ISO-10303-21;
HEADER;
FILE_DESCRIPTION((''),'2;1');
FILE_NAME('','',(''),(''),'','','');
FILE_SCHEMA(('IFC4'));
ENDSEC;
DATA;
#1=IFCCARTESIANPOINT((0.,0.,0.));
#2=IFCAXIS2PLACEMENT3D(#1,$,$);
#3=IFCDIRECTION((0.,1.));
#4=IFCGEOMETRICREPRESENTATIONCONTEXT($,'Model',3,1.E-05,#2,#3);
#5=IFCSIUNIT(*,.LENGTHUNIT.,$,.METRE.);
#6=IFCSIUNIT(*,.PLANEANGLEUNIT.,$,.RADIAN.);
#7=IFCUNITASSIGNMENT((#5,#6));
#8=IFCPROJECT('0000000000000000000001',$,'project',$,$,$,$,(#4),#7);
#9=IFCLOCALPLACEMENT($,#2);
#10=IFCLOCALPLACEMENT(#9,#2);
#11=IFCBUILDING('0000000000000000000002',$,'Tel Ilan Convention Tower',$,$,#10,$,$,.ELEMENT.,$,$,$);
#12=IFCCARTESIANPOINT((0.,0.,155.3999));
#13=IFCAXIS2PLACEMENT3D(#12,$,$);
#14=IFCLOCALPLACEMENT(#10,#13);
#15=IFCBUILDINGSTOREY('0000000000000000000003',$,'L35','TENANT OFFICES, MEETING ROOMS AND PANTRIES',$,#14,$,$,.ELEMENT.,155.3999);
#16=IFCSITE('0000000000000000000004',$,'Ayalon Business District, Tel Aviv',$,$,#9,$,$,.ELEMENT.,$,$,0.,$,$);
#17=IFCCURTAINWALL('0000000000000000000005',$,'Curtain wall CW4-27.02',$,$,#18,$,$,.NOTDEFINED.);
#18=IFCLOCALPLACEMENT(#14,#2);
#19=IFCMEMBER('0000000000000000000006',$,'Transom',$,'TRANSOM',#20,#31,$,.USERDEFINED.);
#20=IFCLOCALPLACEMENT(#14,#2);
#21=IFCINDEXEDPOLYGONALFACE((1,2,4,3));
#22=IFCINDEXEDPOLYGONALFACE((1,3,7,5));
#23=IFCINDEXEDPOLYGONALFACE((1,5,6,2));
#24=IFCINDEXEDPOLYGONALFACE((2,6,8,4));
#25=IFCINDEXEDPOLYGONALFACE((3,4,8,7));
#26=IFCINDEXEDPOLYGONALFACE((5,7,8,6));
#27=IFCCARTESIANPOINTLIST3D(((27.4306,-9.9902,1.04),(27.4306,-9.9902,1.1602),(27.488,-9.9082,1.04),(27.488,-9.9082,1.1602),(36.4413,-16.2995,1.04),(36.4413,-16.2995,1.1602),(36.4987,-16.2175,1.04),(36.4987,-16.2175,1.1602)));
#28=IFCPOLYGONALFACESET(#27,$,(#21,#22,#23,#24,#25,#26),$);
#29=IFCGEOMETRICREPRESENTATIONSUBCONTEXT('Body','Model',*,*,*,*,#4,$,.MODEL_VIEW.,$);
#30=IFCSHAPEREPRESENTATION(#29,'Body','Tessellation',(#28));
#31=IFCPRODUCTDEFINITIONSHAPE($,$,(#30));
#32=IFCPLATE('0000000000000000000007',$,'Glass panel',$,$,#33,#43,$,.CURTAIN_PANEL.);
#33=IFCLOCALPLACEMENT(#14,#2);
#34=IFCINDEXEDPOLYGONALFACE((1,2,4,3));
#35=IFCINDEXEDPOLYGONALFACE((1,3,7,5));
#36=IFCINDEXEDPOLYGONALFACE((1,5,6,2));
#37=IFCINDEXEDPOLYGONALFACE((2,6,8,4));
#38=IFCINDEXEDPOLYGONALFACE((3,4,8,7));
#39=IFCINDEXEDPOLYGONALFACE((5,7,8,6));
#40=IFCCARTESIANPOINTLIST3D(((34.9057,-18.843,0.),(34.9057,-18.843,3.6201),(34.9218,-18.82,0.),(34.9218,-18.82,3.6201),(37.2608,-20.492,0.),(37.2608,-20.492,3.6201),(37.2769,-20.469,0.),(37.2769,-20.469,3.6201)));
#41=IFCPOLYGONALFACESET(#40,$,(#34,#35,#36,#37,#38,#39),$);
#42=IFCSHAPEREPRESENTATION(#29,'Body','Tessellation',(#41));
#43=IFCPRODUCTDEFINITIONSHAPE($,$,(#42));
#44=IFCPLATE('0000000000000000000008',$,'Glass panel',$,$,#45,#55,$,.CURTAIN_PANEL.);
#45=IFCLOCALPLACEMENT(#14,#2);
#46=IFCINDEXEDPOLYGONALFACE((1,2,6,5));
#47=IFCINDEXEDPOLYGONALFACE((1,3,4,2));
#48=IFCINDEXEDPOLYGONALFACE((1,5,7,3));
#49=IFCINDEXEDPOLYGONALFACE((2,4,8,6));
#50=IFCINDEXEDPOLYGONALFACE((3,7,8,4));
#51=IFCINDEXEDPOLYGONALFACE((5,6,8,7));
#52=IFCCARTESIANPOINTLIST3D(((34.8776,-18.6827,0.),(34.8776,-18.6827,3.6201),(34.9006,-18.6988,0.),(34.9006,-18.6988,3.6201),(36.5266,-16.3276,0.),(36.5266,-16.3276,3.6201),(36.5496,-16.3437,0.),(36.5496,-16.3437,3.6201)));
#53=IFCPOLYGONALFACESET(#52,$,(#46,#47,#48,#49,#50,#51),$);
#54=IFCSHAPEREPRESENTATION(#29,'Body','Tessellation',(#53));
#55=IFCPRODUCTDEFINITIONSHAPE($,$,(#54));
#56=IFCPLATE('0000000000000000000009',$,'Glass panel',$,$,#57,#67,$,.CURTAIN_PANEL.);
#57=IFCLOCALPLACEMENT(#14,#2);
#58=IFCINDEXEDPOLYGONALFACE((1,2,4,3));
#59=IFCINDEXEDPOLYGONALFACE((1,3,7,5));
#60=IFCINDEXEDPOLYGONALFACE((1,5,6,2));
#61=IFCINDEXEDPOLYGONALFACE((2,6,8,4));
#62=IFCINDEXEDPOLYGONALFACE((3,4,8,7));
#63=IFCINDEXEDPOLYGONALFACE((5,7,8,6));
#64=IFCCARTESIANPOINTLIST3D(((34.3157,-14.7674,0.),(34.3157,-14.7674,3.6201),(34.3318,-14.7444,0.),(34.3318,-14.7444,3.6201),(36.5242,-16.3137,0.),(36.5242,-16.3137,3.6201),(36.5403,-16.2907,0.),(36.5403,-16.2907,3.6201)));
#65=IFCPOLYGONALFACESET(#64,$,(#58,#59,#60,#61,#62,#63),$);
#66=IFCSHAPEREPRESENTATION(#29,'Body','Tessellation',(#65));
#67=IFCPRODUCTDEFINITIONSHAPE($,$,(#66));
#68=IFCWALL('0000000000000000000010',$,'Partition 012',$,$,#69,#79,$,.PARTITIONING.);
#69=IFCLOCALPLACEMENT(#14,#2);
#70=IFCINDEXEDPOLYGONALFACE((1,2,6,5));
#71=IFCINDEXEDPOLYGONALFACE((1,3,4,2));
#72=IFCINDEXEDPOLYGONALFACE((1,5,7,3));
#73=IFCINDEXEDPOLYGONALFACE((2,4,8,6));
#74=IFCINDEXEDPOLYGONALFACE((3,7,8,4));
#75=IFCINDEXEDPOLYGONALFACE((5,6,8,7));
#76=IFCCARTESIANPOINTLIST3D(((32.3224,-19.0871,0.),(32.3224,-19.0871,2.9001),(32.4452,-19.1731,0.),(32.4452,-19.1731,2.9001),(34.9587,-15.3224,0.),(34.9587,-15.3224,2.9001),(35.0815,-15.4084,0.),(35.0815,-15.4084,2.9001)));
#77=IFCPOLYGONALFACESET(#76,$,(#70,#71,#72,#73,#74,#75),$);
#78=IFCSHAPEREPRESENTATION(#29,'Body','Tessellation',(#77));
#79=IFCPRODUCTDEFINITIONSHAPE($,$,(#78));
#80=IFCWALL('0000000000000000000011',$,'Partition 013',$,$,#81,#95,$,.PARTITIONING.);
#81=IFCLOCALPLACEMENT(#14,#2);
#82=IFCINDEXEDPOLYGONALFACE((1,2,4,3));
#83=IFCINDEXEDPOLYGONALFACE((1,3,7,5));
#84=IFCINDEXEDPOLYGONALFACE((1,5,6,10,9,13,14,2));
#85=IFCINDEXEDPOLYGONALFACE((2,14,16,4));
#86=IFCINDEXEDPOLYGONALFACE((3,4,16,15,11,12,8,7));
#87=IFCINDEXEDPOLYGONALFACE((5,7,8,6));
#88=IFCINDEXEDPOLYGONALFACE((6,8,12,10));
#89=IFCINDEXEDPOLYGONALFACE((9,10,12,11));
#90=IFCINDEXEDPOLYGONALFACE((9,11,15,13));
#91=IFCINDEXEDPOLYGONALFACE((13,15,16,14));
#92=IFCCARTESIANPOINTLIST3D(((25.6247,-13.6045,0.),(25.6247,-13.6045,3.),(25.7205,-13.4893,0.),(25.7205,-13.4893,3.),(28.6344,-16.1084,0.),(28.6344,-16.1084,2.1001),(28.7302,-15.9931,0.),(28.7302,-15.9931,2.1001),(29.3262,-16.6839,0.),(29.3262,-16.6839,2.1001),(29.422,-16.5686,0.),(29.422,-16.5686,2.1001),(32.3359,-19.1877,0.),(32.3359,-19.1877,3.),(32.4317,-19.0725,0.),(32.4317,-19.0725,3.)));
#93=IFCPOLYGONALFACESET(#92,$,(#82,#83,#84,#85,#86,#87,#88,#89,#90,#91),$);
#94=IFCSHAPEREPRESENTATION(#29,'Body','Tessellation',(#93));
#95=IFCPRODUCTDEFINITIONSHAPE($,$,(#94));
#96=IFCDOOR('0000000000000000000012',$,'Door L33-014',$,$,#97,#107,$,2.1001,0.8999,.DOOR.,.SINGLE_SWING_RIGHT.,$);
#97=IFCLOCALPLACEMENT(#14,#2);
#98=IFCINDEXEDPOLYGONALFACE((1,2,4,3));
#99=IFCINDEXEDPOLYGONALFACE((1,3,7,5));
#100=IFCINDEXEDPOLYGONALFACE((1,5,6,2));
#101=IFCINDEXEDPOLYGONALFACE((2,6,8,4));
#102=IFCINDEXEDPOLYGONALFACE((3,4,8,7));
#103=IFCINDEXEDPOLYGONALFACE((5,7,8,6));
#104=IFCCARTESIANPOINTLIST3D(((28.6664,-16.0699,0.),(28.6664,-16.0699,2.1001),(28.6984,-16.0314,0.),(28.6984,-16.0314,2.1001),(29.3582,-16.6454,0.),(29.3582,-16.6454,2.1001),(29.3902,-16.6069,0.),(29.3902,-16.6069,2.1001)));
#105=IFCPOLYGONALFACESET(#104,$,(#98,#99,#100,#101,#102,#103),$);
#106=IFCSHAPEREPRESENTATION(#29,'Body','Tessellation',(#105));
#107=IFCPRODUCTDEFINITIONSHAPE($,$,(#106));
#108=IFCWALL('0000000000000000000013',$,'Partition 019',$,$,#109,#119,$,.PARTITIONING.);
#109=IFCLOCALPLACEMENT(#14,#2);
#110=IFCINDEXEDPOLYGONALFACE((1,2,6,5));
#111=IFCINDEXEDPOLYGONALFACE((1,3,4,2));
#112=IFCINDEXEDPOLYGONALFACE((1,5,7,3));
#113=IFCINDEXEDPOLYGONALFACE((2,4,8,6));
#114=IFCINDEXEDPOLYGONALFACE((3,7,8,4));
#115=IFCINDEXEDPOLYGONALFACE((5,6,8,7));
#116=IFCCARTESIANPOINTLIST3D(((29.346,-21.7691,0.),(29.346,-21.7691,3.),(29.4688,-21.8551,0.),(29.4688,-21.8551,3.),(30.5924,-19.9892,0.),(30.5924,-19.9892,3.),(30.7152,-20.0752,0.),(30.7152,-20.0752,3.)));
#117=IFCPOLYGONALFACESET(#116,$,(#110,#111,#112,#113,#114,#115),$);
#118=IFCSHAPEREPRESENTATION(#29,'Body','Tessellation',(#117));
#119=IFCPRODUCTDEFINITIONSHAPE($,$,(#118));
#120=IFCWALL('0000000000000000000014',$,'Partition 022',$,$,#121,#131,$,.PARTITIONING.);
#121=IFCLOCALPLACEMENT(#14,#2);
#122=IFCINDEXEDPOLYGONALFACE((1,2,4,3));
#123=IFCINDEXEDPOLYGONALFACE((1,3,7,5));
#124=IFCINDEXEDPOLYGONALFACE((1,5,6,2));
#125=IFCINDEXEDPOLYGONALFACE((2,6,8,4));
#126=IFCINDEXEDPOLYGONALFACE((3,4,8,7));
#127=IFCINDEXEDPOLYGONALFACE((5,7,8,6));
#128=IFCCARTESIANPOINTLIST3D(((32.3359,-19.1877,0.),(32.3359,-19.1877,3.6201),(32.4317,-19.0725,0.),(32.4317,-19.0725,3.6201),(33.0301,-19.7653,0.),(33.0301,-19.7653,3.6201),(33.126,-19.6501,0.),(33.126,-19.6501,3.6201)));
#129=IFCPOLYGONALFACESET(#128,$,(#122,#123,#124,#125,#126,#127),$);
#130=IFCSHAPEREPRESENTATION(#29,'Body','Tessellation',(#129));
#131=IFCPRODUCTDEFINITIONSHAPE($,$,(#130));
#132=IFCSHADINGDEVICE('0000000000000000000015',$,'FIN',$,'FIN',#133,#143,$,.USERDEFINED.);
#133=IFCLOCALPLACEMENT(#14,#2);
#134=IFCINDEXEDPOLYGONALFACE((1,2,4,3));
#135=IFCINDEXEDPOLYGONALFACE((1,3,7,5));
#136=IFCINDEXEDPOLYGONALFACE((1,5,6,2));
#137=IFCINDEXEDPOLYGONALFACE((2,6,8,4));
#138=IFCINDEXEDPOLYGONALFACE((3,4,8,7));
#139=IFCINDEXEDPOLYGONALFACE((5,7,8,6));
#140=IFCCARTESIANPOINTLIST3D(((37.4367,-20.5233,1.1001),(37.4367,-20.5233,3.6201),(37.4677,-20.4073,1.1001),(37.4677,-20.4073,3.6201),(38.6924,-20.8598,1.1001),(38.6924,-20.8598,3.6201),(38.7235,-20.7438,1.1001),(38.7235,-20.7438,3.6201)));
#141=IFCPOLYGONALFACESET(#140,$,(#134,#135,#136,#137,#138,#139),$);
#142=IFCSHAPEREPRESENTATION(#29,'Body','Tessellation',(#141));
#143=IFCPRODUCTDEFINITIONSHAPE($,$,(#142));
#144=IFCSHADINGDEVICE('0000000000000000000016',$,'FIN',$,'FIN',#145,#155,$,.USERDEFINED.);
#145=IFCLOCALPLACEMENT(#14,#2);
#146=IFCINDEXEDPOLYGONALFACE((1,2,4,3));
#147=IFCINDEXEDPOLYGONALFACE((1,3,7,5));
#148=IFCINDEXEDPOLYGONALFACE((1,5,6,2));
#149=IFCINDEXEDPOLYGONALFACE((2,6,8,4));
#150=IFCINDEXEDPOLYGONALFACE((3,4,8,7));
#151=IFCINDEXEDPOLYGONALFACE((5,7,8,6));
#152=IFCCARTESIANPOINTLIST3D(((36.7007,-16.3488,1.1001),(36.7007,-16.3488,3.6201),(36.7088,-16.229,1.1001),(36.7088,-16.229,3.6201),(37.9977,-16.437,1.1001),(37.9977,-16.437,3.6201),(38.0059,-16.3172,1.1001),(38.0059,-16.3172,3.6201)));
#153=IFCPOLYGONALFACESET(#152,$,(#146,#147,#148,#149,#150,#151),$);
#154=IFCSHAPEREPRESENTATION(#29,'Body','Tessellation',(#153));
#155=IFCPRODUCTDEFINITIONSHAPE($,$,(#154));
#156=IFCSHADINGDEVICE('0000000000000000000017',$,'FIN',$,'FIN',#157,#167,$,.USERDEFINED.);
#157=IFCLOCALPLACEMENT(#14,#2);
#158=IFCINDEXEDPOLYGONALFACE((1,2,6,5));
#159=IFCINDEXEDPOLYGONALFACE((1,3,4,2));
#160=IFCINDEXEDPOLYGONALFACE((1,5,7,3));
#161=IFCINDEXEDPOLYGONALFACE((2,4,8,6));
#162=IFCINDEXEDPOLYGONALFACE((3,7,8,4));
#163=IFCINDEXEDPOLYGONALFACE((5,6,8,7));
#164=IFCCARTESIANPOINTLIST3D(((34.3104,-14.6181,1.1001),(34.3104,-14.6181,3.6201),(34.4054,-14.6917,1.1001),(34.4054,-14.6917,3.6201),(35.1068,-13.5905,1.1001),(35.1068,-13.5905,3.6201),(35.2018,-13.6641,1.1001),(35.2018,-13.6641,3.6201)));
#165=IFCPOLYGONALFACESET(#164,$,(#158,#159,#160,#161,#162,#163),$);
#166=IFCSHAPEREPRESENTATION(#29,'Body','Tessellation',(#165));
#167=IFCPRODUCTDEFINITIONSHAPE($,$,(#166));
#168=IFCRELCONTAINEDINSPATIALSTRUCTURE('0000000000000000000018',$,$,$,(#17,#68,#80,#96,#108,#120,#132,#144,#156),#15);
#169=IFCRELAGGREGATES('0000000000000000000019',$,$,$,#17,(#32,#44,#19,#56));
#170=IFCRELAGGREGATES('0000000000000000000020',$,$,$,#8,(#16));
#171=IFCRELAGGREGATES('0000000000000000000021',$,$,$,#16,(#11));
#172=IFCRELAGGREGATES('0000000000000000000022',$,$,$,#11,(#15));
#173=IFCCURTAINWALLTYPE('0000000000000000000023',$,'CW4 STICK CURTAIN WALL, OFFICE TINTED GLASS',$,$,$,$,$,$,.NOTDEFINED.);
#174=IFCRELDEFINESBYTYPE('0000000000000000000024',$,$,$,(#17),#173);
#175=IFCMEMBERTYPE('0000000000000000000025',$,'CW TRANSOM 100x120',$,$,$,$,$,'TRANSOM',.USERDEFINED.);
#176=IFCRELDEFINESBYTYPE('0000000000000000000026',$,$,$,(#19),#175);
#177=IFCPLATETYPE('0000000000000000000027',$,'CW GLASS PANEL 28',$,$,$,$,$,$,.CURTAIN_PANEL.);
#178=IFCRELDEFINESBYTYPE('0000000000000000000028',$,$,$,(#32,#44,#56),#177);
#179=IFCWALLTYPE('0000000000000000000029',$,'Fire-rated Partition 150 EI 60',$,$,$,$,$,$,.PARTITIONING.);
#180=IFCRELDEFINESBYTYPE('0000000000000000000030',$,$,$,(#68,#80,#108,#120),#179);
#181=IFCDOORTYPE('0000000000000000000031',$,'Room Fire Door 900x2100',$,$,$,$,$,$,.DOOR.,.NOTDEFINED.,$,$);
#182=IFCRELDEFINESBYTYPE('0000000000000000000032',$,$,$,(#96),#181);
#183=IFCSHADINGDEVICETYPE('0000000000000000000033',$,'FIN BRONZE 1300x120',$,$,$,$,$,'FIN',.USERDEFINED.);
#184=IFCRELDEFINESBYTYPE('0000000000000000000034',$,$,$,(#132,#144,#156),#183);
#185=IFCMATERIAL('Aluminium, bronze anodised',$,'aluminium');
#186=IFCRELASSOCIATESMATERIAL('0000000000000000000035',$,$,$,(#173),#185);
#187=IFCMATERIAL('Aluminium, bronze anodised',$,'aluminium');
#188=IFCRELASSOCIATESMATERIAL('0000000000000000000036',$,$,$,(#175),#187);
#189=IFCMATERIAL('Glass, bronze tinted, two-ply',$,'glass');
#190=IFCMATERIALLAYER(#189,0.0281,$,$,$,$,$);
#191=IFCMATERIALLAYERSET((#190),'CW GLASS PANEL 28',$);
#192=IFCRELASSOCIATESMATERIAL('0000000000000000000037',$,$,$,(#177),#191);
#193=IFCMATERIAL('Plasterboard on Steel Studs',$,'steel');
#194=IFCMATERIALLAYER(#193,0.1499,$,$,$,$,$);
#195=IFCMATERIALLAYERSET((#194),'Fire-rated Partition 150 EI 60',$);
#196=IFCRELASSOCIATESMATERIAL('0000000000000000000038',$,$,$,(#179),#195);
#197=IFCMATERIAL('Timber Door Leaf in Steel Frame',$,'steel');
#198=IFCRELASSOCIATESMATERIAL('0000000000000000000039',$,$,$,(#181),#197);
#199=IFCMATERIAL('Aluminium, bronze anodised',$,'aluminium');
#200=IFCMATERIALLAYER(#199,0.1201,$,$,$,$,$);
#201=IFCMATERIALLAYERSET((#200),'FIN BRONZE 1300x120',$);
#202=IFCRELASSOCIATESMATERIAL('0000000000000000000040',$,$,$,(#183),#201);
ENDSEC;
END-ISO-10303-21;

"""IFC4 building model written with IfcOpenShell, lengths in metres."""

from ifc_helpers import new_model, si_unit, direction, frame, frame_2d, origin, origin_2d, place, context, subcontext, project, spatial, rectangle, extrude, material, layer, layer_set, material_profile, profile_set, type_object, element, fill, aggregate, save


model = new_model("IFC4")

# Units and contexts
model_context = context("Model", 3, precision=1e-05, world=origin(), true_north=direction((0.0, 1.0)))
body_context = subcontext(model_context, "Body", "Model", "MODEL_VIEW")
ifc_project = project(units=[si_unit("LENGTHUNIT", "METRE"), si_unit("PLANEANGLEUNIT", "RADIAN")], contexts=[model_context])

# Site, building, storey
site_placement = place(None, origin())
site = spatial("IfcSite", under=ifc_project, at=site_placement, Name="Ayalon Business District, Tel Aviv", CompositionType="ELEMENT", RefElevation=0.0)
building_placement = place(site_placement, origin())
building = spatial("IfcBuilding", under=site, at=building_placement, Name="Tel Ilan Convention Tower", CompositionType="ELEMENT")
storey_placement = place(building_placement, frame((0.0, 0.0, 155.3999)))
storey = spatial("IfcBuildingStorey", under=building, at=storey_placement, Name="L35", Description="TENANT OFFICES, MEETING ROOMS AND PANTRIES", CompositionType="ELEMENT", Elevation=155.3999)

# Curtain wall, member, plates
ifc_material_1 = material(Name="Aluminium, bronze anodised", Category="aluminium")
curtain_wall_type = type_object("IfcCurtainWallType", Name="CW4 STICK CURTAIN WALL, OFFICE TINTED GLASS", PredefinedType="NOTDEFINED", material=ifc_material_1)
curtain_wall_placement = place(storey_placement, origin())
curtain_wall = element("IfcCurtainWall", 1, at=curtain_wall_placement, inside=storey, type_object=curtain_wall_type, Name="Curtain wall CW4-27.02", PredefinedType="NOTDEFINED")
ifc_material_2 = material(Name="Aluminium, bronze anodised", Category="aluminium")
ifc_material_profile_1 = material_profile(ifc_material_2, rectangle(XDim=0.1001, YDim=0.1201, at=origin_2d()), Name="CW TRANSOM 100x120")
ifc_profile_set_1 = profile_set([ifc_material_profile_1], Name="Aluminium, bronze anodised")
member_type_1 = type_object("IfcMemberType", Name="CW TRANSOM 100x120", ElementType="TRANSOM", PredefinedType="USERDEFINED", material=ifc_profile_set_1)
member_1_placement = place(storey_placement, frame((36.47, -16.2585, 1.1001), z_axis=(-0.819155, 0.573573, 0.0), x_axis=(-0.573573, -0.819155, 0.0)))
member_1 = element("IfcMember", 2, at=member_1_placement, type_object=member_type_1, Name="Transom", ObjectType="TRANSOM", PredefinedType="USERDEFINED", context=body_context, shape_type="SweptSolid", body=[
    extrude(rectangle(XDim=0.1001, YDim=0.1201, at=origin_2d()), origin(), (0.0, 0.0, 1.0), 11.0),
])
ifc_material_3 = material(Name="Glass, bronze tinted, two-ply", Category="glass")
ifc_layer_1 = layer(ifc_material_3, 0.0281)
ifc_layer_set_1 = layer_set([ifc_layer_1], Name="CW GLASS PANEL 28")
plate_type = type_object("IfcPlateType", Name="CW GLASS PANEL 28", PredefinedType="CURTAIN_PANEL", material=ifc_layer_set_1)
plate_1_placement = place(storey_placement, frame((36.0913, -19.656, 0.0), z_axis=(0.0, 0.0, 1.0), x_axis=(-0.819152, 0.573576, 0.0)))
plate_1 = element("IfcPlate", 3, at=plate_1_placement, type_object=plate_type, Name="Glass panel", PredefinedType="CURTAIN_PANEL", context=body_context, shape_type="SweptSolid", body=[
    extrude(rectangle(XDim=2.875, YDim=0.0281, at=origin_2d()), origin(), (0.0, 0.0, 1.0), 3.6201),
])
plate_2_placement = place(storey_placement, frame((35.7136, -17.5132, 0.0), z_axis=(0.0, 0.0, 1.0), x_axis=(0.573576, 0.819152, 0.0)))
plate_2 = element("IfcPlate", 4, at=plate_2_placement, type_object=plate_type, Name="Glass panel", PredefinedType="CURTAIN_PANEL", context=body_context, shape_type="SweptSolid", body=[
    extrude(rectangle(XDim=2.875, YDim=0.0281, at=origin_2d()), origin(), (0.0, 0.0, 1.0), 3.6201),
])
plate_3_placement = place(storey_placement, frame((35.428, -15.5291, 0.0), z_axis=(0.0, 0.0, 1.0), x_axis=(-0.819152, 0.573576, 0.0)))
plate_3 = element("IfcPlate", 5, at=plate_3_placement, type_object=plate_type, Name="Glass panel", PredefinedType="CURTAIN_PANEL", context=body_context, shape_type="SweptSolid", body=[
    extrude(rectangle(XDim=2.696, YDim=0.0281, at=origin_2d()), origin(), (0.0, 0.0, 1.0), 3.6201),
])
aggregate(curtain_wall, [plate_1, plate_2, member_1, plate_3])

# Wall
ifc_material_4 = material(Name="Plasterboard on Steel Studs", Category="steel")
ifc_layer_2 = layer(ifc_material_4, 0.1499)
ifc_layer_set_2 = layer_set([ifc_layer_2], Name="Fire-rated Partition 150 EI 60")
wall_type = type_object("IfcWallType", Name="Fire-rated Partition 150 EI 60", PredefinedType="PARTITIONING", material=ifc_layer_set_2)
wall_1_placement = place(storey_placement, frame((35.02, -15.3655, 0.0), z_axis=(0.0, 0.0, 1.0), x_axis=(-0.573605, -0.819132, 0.0)))
element("IfcWall", 6, at=wall_1_placement, inside=storey, type_object=wall_type, Name="Partition 012", PredefinedType="PARTITIONING", context=body_context, shape_type="SweptSolid", body=[
    extrude(rectangle(XDim=4.5959, YDim=0.1499, at=frame_2d((2.2979, 0.0))), origin(), (0.0, 0.0, 1.0), 2.9001),
])

# Wall, opening, door
wall_2_placement = place(storey_placement, frame((32.3838, -19.1301, 0.0), z_axis=(0.0, 0.0, 1.0), x_axis=(-0.768751, 0.639549, 0.0)))
wall_2 = element("IfcWall", 7, at=wall_2_placement, inside=storey, type_object=wall_type, Name="Partition 013", PredefinedType="PARTITIONING", context=body_context, shape_type="SweptSolid", body=[
    extrude(rectangle(XDim=8.73, YDim=0.1499, at=frame_2d((4.365, 0.0))), origin(), (0.0, 0.0, 1.0), 3.0),
])
opening_placement = place(wall_2_placement, frame((3.915, 0.0, 0.0)))
opening = element("IfcOpeningElement", 8, at=opening_placement, cuts=wall_2, PredefinedType="OPENING", context=body_context, shape_type="SweptSolid", body=[
    extrude(rectangle(XDim=0.8999, YDim=2.1001, at=frame_2d((0.45, 1.05))), frame((0.0, 0.085, 0.0), z_axis=(0.0, -1.0, 0.0), x_axis=(1.0, 0.0, 0.0)), (0.0, 0.0, 1.0), 0.1699),
])
ifc_material_5 = material(Name="Timber Door Leaf in Steel Frame", Category="steel")
door_type = type_object("IfcDoorType", Name="Room Fire Door 900x2100", OperationType="NOTDEFINED", PredefinedType="DOOR", material=ifc_material_5)
door_placement = place(opening_placement, origin())
door = element("IfcDoor", 9, at=door_placement, inside=storey, type_object=door_type, Name="Door L33-014", OperationType="SINGLE_SWING_RIGHT", OverallHeight=2.1001, OverallWidth=0.8999, PredefinedType="DOOR", context=body_context, shape_type="SweptSolid", body=[
    extrude(rectangle(XDim=0.8999, YDim=2.1001, at=frame_2d((0.45, 1.05))), frame((0.0, 0.0249, 0.0), z_axis=(0.0, -1.0, 0.0), x_axis=(1.0, 0.0, 0.0)), (0.0, 0.0, 1.0), 0.05),
])
fill(opening, door)

# Walls
wall_3_placement = place(storey_placement, frame((30.6538, -20.0322, 0.0), z_axis=(0.0, 0.0, 1.0), x_axis=(-0.573613, -0.819126, 0.0)))
element("IfcWall", 10, at=wall_3_placement, inside=storey, type_object=wall_type, Name="Partition 019", PredefinedType="PARTITIONING", context=body_context, shape_type="SweptSolid", body=[
    extrude(rectangle(XDim=2.1729, YDim=0.1499, at=frame_2d((1.0864, 0.0))), origin(), (0.0, 0.0, 1.0), 3.0),
])
wall_4_placement = place(storey_placement, frame((33.0781, -19.7078, 0.0), z_axis=(0.0, 0.0, 1.0), x_axis=(-0.768753, 0.639546, 0.0)))
element("IfcWall", 11, at=wall_4_placement, inside=storey, type_object=wall_type, Name="Partition 022", PredefinedType="PARTITIONING", context=body_context, shape_type="SweptSolid", body=[
    extrude(rectangle(XDim=0.9031, YDim=0.1499, at=frame_2d((0.4517, 0.0))), origin(), (0.0, 0.0, 1.0), 3.6201),
])

# Shading devices
ifc_material_6 = material(Name="Aluminium, bronze anodised", Category="aluminium")
ifc_layer_3 = layer(ifc_material_6, 0.1201)
ifc_layer_set_3 = layer_set([ifc_layer_3], Name="FIN BRONZE 1300x120")
shading_device_type = type_object("IfcShadingDeviceType", Name="FIN BRONZE 1300x120", ElementType="FIN", PredefinedType="USERDEFINED", material=ifc_layer_set_3)
for number, where, z_axis, x_axis, name in (
    (12, (38.0801, -20.6335, 1.1001), (0.0, 0.0, 1.0), (0.965926, -0.258819, 0.0), "FIN"),
    (13, (37.3533, -16.333, 1.1001), (0.0, 0.0, 1.0), (0.997697, -0.067822, 0.0), "FIN"),
    (14, (34.7561, -14.1411, 1.1001), (0.0, 0.0, 1.0), (0.612601, 0.790393, 0.0), "FIN"),
):
    element("IfcShadingDevice", number, at=place(storey_placement, frame(where, z_axis=z_axis, x_axis=x_axis)), inside=storey, type_object=shading_device_type, Name=name, ObjectType="FIN", PredefinedType="USERDEFINED", context=body_context, shape_type="SweptSolid", body=[
        extrude(rectangle(XDim=1.3, YDim=0.1201, at=origin_2d()), origin(), (0.0, 0.0, 1.0), 2.52),
    ])

save(model, "model.ifc")
